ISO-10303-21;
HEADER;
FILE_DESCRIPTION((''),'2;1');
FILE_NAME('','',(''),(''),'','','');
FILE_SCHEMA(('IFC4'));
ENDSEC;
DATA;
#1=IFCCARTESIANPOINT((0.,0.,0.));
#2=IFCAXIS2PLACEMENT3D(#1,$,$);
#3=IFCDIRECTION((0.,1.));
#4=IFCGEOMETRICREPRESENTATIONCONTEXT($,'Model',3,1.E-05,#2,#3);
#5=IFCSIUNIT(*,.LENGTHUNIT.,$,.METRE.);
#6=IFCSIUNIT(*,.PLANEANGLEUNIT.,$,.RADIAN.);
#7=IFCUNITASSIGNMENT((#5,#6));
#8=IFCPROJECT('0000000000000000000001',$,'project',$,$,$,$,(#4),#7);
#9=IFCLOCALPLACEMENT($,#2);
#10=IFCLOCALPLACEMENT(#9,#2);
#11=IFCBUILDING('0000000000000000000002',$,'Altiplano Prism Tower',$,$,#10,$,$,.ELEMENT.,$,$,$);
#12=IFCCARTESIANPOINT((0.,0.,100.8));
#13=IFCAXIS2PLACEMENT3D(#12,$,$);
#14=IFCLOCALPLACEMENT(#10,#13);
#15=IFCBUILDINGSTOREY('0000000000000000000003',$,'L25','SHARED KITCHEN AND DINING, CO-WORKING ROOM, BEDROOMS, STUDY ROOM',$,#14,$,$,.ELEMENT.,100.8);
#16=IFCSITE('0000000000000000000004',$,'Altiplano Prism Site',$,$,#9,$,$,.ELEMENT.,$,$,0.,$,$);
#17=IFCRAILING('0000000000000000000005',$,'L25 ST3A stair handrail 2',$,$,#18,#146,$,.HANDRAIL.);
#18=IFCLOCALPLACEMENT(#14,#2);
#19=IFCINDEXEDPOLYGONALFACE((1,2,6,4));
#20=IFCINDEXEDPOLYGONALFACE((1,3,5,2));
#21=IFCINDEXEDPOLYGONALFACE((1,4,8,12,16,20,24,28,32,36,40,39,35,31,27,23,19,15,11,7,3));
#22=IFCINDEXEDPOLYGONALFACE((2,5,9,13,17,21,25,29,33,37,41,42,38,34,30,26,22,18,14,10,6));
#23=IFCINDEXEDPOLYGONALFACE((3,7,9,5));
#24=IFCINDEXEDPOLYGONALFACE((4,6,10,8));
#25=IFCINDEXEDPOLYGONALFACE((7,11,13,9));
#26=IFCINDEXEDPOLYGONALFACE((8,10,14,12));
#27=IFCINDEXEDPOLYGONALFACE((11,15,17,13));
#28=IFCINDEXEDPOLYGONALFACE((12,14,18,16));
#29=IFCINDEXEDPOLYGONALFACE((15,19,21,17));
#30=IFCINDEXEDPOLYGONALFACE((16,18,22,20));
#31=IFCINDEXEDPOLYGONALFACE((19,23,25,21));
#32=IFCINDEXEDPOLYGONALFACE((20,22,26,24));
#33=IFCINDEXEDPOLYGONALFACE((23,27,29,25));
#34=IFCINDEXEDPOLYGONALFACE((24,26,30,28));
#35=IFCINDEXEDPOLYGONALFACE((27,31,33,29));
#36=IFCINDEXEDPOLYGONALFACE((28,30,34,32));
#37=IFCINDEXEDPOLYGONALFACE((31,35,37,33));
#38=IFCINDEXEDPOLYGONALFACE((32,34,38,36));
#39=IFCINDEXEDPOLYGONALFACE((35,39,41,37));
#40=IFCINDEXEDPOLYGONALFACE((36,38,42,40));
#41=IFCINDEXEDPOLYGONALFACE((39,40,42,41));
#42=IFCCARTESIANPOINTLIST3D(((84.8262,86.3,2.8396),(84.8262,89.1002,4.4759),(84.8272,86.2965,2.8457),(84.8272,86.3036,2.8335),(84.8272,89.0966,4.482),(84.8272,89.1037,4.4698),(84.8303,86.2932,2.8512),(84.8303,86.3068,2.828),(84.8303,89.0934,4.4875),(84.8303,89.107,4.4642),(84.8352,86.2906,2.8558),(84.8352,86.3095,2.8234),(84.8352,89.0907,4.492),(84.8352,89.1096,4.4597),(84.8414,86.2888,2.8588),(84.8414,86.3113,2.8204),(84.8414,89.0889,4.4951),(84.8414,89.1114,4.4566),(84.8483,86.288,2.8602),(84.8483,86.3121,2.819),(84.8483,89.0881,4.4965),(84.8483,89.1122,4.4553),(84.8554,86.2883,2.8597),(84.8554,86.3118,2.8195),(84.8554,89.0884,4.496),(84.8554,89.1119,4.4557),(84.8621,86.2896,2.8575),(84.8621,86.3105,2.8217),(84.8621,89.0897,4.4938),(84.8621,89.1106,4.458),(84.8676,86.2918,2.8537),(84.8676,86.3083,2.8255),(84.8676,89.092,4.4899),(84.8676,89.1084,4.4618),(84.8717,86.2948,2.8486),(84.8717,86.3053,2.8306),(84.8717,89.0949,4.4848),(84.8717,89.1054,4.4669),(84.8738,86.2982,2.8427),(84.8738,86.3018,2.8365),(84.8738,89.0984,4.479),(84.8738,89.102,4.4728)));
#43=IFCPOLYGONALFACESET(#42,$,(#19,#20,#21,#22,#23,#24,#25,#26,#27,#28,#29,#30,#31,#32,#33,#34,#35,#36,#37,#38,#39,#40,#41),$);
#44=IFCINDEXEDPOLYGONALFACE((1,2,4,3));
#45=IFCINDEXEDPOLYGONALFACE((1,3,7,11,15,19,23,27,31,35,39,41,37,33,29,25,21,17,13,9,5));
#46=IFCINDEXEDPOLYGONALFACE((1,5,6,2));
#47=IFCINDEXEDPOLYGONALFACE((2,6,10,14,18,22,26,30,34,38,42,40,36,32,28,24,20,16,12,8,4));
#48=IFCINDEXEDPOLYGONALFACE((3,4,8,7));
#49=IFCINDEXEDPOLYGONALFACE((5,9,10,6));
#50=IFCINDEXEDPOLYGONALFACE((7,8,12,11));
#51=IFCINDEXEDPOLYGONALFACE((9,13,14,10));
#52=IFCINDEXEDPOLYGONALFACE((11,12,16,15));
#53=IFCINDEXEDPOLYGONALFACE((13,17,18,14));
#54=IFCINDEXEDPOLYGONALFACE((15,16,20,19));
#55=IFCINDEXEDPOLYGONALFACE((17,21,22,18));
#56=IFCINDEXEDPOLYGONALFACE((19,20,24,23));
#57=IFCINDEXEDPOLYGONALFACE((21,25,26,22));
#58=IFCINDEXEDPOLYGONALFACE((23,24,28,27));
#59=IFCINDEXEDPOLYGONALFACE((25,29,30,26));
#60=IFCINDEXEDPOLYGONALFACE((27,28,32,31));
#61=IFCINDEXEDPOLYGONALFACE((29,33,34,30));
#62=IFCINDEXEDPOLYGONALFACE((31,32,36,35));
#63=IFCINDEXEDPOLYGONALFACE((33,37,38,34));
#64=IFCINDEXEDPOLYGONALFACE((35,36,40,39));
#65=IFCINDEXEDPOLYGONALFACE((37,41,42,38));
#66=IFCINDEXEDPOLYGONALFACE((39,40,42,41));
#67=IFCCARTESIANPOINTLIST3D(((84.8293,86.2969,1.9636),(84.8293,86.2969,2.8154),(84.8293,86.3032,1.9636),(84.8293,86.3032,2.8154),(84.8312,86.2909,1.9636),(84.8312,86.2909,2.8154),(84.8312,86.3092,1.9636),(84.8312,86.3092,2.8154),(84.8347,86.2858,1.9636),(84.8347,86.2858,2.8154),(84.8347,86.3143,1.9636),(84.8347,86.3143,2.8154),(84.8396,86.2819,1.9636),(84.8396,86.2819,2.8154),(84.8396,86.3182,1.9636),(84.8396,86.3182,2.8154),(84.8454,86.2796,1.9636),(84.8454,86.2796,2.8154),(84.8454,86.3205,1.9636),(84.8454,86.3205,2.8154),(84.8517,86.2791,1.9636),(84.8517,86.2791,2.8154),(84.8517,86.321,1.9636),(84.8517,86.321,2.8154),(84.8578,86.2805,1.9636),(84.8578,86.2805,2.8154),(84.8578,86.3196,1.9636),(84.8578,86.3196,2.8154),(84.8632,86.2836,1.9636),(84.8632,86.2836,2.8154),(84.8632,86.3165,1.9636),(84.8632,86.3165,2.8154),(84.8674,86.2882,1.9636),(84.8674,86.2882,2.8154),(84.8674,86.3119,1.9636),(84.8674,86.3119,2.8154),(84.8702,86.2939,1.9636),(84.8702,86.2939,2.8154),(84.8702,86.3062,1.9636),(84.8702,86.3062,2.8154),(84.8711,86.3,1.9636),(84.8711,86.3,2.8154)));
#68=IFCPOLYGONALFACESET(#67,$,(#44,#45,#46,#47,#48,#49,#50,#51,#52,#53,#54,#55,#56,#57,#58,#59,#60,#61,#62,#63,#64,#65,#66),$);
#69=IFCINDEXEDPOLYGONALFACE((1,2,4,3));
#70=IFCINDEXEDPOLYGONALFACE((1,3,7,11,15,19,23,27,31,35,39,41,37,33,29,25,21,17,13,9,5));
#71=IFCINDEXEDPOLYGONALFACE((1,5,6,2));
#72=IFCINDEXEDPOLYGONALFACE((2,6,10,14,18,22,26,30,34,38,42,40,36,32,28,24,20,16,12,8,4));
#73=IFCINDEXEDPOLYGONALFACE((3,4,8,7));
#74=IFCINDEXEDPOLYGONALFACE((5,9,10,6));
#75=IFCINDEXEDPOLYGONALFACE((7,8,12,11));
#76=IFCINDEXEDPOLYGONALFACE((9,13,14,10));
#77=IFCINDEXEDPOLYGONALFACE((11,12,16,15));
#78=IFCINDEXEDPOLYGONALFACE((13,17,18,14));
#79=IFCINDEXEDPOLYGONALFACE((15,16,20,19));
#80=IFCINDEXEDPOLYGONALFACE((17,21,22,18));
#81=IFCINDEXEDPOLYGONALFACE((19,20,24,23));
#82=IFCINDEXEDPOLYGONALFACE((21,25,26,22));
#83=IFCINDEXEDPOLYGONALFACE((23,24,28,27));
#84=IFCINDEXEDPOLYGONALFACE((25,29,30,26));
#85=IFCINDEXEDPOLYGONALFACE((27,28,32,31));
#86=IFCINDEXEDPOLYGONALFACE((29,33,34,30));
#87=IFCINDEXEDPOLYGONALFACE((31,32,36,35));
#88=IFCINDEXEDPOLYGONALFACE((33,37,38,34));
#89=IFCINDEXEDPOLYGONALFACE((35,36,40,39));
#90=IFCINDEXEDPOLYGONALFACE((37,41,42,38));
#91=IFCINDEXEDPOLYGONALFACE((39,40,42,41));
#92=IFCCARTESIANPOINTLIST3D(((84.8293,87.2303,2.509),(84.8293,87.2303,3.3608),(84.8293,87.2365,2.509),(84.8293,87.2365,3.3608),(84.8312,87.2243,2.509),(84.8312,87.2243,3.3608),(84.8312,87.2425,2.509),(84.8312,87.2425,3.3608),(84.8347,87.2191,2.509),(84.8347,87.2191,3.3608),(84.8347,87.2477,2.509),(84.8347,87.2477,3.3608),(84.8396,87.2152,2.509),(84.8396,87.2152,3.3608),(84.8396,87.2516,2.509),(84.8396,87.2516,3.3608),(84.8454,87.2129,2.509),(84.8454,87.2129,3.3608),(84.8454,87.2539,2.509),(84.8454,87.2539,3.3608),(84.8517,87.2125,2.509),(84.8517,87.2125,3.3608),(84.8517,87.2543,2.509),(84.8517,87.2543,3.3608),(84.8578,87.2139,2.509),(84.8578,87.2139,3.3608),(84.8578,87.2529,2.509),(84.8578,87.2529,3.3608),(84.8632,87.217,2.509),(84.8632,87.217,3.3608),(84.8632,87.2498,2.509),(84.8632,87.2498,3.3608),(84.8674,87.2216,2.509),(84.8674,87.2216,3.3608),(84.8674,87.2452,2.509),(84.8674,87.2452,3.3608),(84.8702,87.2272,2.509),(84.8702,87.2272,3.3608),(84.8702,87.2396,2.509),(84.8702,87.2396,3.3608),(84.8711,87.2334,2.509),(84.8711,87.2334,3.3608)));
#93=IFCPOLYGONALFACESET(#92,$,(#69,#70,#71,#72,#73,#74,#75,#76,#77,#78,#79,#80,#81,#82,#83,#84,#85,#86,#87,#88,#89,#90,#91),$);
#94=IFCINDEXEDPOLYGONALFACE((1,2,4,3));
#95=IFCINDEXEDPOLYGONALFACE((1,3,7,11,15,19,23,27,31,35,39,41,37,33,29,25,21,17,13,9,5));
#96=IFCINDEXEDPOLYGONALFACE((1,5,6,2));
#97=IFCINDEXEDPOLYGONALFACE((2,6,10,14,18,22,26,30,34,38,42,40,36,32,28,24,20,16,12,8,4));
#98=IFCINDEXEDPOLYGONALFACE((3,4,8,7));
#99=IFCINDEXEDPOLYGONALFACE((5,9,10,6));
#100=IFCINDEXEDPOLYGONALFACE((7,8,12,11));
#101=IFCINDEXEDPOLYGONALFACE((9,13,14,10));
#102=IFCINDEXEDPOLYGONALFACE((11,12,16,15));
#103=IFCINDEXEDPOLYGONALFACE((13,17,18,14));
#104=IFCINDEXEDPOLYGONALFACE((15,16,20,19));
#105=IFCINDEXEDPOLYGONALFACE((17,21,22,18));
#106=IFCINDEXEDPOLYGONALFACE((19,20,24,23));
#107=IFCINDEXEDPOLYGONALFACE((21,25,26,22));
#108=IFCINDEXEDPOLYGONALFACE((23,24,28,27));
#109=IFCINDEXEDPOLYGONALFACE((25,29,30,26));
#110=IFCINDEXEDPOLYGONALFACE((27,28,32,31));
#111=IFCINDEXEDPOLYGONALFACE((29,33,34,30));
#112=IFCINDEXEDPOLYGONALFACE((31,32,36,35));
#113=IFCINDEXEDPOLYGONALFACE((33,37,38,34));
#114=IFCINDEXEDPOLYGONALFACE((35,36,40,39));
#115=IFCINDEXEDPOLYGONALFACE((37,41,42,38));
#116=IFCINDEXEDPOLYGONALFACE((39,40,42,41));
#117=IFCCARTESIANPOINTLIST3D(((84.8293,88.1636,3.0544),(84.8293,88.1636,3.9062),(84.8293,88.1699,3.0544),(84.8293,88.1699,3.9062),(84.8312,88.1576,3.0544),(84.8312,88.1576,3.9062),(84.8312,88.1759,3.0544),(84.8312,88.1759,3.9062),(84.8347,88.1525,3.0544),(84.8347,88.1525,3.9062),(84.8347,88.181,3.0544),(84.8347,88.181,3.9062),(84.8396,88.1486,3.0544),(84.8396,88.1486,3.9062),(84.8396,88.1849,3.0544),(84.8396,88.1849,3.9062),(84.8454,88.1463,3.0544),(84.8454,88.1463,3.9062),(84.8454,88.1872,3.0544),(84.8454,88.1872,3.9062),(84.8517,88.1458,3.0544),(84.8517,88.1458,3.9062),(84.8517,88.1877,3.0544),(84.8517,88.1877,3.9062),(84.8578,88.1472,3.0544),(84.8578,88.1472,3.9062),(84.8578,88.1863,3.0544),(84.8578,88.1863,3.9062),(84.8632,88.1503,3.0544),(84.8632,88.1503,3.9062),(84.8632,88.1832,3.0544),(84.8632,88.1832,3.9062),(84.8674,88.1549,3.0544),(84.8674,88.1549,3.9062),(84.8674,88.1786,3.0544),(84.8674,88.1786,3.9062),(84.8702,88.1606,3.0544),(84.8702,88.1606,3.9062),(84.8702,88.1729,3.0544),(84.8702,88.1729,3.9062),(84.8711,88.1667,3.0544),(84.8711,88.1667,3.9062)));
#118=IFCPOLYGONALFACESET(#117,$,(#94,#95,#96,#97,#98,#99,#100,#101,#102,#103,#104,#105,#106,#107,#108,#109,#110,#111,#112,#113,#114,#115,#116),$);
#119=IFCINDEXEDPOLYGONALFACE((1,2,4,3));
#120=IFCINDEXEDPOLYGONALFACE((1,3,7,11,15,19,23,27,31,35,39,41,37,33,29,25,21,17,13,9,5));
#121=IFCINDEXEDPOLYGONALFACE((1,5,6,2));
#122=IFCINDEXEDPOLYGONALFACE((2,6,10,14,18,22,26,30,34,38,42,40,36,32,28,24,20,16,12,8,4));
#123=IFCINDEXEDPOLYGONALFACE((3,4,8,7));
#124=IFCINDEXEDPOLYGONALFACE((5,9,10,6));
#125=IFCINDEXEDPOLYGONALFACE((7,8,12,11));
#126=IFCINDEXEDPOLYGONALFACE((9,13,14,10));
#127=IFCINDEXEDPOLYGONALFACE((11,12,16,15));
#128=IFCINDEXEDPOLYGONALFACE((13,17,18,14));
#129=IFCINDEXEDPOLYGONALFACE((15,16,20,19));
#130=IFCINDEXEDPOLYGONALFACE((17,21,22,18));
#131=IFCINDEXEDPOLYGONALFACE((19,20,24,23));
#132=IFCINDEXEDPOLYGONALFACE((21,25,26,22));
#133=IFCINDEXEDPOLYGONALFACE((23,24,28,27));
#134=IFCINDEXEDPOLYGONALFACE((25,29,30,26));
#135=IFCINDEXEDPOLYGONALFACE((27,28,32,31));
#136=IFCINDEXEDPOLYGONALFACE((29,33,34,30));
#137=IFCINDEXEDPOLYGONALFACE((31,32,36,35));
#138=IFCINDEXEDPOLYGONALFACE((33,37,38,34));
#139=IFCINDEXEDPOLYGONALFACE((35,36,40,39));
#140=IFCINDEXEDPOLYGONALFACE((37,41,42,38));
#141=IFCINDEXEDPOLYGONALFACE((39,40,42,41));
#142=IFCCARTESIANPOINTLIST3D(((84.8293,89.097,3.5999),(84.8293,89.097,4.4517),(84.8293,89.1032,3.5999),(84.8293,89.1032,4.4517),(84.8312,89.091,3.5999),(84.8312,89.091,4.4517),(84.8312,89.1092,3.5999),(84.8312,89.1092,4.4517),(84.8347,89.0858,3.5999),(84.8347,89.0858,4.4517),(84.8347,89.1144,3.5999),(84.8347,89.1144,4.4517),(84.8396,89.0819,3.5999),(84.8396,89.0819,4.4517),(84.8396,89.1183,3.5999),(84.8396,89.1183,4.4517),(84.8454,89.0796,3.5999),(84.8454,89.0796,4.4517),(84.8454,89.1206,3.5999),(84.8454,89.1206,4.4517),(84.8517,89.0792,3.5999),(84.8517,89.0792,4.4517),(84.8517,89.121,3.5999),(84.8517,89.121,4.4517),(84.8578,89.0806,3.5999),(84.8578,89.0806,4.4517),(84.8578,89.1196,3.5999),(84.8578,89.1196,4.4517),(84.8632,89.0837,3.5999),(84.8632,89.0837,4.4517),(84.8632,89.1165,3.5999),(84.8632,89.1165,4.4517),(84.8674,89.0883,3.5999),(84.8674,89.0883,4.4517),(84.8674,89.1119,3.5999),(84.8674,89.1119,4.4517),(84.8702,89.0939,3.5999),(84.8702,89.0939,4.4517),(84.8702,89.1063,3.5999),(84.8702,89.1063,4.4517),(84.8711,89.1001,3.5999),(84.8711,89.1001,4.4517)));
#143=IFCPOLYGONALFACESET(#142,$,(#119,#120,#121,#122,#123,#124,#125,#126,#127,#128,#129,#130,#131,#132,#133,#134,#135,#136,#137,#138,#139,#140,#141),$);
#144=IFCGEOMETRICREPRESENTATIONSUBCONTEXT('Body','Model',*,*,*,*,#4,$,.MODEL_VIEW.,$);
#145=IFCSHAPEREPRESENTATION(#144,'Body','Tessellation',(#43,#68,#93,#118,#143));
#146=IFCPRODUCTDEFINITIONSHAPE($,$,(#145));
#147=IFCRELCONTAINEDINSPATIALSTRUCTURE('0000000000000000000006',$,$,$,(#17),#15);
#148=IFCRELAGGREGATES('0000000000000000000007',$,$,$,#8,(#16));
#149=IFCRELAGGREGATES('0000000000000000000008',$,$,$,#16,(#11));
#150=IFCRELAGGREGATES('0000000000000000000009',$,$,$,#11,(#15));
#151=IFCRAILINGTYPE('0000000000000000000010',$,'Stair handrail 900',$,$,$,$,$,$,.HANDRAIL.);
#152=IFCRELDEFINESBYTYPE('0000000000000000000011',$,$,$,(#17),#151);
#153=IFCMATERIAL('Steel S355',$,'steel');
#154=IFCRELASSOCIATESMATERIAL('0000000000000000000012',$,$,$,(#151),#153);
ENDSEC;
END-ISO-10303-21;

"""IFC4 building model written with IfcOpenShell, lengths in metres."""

from ifc_helpers import new_model, si_unit, direction, frame, origin, origin_2d, place, context, subcontext, project, spatial, circle, extrude, material, type_object, element, save


model = new_model("IFC4")

# Units and contexts
model_context = context("Model", 3, precision=1e-05, world=origin(), true_north=direction((0.0, 1.0)))
body_context = subcontext(model_context, "Body", "Model", "MODEL_VIEW")
ifc_project = project(units=[si_unit("LENGTHUNIT", "METRE"), si_unit("PLANEANGLEUNIT", "RADIAN")], contexts=[model_context])

# Site, building, storey
site_placement = place(None, origin())
site = spatial("IfcSite", under=ifc_project, at=site_placement, Name="Altiplano Prism Site", CompositionType="ELEMENT", RefElevation=0.0)
building_placement = place(site_placement, origin())
building = spatial("IfcBuilding", under=site, at=building_placement, Name="Altiplano Prism Tower", CompositionType="ELEMENT")
storey_placement = place(building_placement, frame((0.0, 0.0, 100.8)))
storey = spatial("IfcBuildingStorey", under=building, at=storey_placement, Name="L25", Description="SHARED KITCHEN AND DINING, CO-WORKING ROOM, BEDROOMS, STUDY ROOM", CompositionType="ELEMENT", Elevation=100.8)

# Shared definitions
ifc_material_1 = material(Name="Steel S355", Category="steel")

# Railing
railing_type = type_object("IfcRailingType", Name="Stair handrail 900", PredefinedType="HANDRAIL", material=ifc_material_1)
for number, where, name in (
    (1, (84.8501, 86.3, 1.9636), "L25 ST3A stair handrail 2"),
):
    element("IfcRailing", number, at=place(storey_placement, frame(where)), inside=storey, type_object=railing_type, Name=name, PredefinedType="HANDRAIL", context=body_context, shape_type="SweptSolid", body=[
        extrude(circle(Radius=0.0239, at=origin_2d()), frame((0.0, 0.0, 0.876), z_axis=(0.0, 0.863394, 0.504531), x_axis=(-1.0, 0.0, 0.0)), (0.0, 0.0, 1.0), 3.2432),
        extrude(circle(Radius=0.021, at=origin_2d()), origin(), (0.0, 0.0, 1.0), 0.8518),
        extrude(circle(Radius=0.021, at=origin_2d()), frame((0.0, 0.9333, 0.5454)), (0.0, 0.0, 1.0), 0.8518),
        extrude(circle(Radius=0.021, at=origin_2d()), frame((0.0, 1.8667, 1.0908)), (0.0, 0.0, 1.0), 0.8518),
        extrude(circle(Radius=0.021, at=origin_2d()), frame((0.0, 2.8, 1.6362)), (0.0, 0.0, 1.0), 0.8518),
    ])

save(model, "model.ifc")
